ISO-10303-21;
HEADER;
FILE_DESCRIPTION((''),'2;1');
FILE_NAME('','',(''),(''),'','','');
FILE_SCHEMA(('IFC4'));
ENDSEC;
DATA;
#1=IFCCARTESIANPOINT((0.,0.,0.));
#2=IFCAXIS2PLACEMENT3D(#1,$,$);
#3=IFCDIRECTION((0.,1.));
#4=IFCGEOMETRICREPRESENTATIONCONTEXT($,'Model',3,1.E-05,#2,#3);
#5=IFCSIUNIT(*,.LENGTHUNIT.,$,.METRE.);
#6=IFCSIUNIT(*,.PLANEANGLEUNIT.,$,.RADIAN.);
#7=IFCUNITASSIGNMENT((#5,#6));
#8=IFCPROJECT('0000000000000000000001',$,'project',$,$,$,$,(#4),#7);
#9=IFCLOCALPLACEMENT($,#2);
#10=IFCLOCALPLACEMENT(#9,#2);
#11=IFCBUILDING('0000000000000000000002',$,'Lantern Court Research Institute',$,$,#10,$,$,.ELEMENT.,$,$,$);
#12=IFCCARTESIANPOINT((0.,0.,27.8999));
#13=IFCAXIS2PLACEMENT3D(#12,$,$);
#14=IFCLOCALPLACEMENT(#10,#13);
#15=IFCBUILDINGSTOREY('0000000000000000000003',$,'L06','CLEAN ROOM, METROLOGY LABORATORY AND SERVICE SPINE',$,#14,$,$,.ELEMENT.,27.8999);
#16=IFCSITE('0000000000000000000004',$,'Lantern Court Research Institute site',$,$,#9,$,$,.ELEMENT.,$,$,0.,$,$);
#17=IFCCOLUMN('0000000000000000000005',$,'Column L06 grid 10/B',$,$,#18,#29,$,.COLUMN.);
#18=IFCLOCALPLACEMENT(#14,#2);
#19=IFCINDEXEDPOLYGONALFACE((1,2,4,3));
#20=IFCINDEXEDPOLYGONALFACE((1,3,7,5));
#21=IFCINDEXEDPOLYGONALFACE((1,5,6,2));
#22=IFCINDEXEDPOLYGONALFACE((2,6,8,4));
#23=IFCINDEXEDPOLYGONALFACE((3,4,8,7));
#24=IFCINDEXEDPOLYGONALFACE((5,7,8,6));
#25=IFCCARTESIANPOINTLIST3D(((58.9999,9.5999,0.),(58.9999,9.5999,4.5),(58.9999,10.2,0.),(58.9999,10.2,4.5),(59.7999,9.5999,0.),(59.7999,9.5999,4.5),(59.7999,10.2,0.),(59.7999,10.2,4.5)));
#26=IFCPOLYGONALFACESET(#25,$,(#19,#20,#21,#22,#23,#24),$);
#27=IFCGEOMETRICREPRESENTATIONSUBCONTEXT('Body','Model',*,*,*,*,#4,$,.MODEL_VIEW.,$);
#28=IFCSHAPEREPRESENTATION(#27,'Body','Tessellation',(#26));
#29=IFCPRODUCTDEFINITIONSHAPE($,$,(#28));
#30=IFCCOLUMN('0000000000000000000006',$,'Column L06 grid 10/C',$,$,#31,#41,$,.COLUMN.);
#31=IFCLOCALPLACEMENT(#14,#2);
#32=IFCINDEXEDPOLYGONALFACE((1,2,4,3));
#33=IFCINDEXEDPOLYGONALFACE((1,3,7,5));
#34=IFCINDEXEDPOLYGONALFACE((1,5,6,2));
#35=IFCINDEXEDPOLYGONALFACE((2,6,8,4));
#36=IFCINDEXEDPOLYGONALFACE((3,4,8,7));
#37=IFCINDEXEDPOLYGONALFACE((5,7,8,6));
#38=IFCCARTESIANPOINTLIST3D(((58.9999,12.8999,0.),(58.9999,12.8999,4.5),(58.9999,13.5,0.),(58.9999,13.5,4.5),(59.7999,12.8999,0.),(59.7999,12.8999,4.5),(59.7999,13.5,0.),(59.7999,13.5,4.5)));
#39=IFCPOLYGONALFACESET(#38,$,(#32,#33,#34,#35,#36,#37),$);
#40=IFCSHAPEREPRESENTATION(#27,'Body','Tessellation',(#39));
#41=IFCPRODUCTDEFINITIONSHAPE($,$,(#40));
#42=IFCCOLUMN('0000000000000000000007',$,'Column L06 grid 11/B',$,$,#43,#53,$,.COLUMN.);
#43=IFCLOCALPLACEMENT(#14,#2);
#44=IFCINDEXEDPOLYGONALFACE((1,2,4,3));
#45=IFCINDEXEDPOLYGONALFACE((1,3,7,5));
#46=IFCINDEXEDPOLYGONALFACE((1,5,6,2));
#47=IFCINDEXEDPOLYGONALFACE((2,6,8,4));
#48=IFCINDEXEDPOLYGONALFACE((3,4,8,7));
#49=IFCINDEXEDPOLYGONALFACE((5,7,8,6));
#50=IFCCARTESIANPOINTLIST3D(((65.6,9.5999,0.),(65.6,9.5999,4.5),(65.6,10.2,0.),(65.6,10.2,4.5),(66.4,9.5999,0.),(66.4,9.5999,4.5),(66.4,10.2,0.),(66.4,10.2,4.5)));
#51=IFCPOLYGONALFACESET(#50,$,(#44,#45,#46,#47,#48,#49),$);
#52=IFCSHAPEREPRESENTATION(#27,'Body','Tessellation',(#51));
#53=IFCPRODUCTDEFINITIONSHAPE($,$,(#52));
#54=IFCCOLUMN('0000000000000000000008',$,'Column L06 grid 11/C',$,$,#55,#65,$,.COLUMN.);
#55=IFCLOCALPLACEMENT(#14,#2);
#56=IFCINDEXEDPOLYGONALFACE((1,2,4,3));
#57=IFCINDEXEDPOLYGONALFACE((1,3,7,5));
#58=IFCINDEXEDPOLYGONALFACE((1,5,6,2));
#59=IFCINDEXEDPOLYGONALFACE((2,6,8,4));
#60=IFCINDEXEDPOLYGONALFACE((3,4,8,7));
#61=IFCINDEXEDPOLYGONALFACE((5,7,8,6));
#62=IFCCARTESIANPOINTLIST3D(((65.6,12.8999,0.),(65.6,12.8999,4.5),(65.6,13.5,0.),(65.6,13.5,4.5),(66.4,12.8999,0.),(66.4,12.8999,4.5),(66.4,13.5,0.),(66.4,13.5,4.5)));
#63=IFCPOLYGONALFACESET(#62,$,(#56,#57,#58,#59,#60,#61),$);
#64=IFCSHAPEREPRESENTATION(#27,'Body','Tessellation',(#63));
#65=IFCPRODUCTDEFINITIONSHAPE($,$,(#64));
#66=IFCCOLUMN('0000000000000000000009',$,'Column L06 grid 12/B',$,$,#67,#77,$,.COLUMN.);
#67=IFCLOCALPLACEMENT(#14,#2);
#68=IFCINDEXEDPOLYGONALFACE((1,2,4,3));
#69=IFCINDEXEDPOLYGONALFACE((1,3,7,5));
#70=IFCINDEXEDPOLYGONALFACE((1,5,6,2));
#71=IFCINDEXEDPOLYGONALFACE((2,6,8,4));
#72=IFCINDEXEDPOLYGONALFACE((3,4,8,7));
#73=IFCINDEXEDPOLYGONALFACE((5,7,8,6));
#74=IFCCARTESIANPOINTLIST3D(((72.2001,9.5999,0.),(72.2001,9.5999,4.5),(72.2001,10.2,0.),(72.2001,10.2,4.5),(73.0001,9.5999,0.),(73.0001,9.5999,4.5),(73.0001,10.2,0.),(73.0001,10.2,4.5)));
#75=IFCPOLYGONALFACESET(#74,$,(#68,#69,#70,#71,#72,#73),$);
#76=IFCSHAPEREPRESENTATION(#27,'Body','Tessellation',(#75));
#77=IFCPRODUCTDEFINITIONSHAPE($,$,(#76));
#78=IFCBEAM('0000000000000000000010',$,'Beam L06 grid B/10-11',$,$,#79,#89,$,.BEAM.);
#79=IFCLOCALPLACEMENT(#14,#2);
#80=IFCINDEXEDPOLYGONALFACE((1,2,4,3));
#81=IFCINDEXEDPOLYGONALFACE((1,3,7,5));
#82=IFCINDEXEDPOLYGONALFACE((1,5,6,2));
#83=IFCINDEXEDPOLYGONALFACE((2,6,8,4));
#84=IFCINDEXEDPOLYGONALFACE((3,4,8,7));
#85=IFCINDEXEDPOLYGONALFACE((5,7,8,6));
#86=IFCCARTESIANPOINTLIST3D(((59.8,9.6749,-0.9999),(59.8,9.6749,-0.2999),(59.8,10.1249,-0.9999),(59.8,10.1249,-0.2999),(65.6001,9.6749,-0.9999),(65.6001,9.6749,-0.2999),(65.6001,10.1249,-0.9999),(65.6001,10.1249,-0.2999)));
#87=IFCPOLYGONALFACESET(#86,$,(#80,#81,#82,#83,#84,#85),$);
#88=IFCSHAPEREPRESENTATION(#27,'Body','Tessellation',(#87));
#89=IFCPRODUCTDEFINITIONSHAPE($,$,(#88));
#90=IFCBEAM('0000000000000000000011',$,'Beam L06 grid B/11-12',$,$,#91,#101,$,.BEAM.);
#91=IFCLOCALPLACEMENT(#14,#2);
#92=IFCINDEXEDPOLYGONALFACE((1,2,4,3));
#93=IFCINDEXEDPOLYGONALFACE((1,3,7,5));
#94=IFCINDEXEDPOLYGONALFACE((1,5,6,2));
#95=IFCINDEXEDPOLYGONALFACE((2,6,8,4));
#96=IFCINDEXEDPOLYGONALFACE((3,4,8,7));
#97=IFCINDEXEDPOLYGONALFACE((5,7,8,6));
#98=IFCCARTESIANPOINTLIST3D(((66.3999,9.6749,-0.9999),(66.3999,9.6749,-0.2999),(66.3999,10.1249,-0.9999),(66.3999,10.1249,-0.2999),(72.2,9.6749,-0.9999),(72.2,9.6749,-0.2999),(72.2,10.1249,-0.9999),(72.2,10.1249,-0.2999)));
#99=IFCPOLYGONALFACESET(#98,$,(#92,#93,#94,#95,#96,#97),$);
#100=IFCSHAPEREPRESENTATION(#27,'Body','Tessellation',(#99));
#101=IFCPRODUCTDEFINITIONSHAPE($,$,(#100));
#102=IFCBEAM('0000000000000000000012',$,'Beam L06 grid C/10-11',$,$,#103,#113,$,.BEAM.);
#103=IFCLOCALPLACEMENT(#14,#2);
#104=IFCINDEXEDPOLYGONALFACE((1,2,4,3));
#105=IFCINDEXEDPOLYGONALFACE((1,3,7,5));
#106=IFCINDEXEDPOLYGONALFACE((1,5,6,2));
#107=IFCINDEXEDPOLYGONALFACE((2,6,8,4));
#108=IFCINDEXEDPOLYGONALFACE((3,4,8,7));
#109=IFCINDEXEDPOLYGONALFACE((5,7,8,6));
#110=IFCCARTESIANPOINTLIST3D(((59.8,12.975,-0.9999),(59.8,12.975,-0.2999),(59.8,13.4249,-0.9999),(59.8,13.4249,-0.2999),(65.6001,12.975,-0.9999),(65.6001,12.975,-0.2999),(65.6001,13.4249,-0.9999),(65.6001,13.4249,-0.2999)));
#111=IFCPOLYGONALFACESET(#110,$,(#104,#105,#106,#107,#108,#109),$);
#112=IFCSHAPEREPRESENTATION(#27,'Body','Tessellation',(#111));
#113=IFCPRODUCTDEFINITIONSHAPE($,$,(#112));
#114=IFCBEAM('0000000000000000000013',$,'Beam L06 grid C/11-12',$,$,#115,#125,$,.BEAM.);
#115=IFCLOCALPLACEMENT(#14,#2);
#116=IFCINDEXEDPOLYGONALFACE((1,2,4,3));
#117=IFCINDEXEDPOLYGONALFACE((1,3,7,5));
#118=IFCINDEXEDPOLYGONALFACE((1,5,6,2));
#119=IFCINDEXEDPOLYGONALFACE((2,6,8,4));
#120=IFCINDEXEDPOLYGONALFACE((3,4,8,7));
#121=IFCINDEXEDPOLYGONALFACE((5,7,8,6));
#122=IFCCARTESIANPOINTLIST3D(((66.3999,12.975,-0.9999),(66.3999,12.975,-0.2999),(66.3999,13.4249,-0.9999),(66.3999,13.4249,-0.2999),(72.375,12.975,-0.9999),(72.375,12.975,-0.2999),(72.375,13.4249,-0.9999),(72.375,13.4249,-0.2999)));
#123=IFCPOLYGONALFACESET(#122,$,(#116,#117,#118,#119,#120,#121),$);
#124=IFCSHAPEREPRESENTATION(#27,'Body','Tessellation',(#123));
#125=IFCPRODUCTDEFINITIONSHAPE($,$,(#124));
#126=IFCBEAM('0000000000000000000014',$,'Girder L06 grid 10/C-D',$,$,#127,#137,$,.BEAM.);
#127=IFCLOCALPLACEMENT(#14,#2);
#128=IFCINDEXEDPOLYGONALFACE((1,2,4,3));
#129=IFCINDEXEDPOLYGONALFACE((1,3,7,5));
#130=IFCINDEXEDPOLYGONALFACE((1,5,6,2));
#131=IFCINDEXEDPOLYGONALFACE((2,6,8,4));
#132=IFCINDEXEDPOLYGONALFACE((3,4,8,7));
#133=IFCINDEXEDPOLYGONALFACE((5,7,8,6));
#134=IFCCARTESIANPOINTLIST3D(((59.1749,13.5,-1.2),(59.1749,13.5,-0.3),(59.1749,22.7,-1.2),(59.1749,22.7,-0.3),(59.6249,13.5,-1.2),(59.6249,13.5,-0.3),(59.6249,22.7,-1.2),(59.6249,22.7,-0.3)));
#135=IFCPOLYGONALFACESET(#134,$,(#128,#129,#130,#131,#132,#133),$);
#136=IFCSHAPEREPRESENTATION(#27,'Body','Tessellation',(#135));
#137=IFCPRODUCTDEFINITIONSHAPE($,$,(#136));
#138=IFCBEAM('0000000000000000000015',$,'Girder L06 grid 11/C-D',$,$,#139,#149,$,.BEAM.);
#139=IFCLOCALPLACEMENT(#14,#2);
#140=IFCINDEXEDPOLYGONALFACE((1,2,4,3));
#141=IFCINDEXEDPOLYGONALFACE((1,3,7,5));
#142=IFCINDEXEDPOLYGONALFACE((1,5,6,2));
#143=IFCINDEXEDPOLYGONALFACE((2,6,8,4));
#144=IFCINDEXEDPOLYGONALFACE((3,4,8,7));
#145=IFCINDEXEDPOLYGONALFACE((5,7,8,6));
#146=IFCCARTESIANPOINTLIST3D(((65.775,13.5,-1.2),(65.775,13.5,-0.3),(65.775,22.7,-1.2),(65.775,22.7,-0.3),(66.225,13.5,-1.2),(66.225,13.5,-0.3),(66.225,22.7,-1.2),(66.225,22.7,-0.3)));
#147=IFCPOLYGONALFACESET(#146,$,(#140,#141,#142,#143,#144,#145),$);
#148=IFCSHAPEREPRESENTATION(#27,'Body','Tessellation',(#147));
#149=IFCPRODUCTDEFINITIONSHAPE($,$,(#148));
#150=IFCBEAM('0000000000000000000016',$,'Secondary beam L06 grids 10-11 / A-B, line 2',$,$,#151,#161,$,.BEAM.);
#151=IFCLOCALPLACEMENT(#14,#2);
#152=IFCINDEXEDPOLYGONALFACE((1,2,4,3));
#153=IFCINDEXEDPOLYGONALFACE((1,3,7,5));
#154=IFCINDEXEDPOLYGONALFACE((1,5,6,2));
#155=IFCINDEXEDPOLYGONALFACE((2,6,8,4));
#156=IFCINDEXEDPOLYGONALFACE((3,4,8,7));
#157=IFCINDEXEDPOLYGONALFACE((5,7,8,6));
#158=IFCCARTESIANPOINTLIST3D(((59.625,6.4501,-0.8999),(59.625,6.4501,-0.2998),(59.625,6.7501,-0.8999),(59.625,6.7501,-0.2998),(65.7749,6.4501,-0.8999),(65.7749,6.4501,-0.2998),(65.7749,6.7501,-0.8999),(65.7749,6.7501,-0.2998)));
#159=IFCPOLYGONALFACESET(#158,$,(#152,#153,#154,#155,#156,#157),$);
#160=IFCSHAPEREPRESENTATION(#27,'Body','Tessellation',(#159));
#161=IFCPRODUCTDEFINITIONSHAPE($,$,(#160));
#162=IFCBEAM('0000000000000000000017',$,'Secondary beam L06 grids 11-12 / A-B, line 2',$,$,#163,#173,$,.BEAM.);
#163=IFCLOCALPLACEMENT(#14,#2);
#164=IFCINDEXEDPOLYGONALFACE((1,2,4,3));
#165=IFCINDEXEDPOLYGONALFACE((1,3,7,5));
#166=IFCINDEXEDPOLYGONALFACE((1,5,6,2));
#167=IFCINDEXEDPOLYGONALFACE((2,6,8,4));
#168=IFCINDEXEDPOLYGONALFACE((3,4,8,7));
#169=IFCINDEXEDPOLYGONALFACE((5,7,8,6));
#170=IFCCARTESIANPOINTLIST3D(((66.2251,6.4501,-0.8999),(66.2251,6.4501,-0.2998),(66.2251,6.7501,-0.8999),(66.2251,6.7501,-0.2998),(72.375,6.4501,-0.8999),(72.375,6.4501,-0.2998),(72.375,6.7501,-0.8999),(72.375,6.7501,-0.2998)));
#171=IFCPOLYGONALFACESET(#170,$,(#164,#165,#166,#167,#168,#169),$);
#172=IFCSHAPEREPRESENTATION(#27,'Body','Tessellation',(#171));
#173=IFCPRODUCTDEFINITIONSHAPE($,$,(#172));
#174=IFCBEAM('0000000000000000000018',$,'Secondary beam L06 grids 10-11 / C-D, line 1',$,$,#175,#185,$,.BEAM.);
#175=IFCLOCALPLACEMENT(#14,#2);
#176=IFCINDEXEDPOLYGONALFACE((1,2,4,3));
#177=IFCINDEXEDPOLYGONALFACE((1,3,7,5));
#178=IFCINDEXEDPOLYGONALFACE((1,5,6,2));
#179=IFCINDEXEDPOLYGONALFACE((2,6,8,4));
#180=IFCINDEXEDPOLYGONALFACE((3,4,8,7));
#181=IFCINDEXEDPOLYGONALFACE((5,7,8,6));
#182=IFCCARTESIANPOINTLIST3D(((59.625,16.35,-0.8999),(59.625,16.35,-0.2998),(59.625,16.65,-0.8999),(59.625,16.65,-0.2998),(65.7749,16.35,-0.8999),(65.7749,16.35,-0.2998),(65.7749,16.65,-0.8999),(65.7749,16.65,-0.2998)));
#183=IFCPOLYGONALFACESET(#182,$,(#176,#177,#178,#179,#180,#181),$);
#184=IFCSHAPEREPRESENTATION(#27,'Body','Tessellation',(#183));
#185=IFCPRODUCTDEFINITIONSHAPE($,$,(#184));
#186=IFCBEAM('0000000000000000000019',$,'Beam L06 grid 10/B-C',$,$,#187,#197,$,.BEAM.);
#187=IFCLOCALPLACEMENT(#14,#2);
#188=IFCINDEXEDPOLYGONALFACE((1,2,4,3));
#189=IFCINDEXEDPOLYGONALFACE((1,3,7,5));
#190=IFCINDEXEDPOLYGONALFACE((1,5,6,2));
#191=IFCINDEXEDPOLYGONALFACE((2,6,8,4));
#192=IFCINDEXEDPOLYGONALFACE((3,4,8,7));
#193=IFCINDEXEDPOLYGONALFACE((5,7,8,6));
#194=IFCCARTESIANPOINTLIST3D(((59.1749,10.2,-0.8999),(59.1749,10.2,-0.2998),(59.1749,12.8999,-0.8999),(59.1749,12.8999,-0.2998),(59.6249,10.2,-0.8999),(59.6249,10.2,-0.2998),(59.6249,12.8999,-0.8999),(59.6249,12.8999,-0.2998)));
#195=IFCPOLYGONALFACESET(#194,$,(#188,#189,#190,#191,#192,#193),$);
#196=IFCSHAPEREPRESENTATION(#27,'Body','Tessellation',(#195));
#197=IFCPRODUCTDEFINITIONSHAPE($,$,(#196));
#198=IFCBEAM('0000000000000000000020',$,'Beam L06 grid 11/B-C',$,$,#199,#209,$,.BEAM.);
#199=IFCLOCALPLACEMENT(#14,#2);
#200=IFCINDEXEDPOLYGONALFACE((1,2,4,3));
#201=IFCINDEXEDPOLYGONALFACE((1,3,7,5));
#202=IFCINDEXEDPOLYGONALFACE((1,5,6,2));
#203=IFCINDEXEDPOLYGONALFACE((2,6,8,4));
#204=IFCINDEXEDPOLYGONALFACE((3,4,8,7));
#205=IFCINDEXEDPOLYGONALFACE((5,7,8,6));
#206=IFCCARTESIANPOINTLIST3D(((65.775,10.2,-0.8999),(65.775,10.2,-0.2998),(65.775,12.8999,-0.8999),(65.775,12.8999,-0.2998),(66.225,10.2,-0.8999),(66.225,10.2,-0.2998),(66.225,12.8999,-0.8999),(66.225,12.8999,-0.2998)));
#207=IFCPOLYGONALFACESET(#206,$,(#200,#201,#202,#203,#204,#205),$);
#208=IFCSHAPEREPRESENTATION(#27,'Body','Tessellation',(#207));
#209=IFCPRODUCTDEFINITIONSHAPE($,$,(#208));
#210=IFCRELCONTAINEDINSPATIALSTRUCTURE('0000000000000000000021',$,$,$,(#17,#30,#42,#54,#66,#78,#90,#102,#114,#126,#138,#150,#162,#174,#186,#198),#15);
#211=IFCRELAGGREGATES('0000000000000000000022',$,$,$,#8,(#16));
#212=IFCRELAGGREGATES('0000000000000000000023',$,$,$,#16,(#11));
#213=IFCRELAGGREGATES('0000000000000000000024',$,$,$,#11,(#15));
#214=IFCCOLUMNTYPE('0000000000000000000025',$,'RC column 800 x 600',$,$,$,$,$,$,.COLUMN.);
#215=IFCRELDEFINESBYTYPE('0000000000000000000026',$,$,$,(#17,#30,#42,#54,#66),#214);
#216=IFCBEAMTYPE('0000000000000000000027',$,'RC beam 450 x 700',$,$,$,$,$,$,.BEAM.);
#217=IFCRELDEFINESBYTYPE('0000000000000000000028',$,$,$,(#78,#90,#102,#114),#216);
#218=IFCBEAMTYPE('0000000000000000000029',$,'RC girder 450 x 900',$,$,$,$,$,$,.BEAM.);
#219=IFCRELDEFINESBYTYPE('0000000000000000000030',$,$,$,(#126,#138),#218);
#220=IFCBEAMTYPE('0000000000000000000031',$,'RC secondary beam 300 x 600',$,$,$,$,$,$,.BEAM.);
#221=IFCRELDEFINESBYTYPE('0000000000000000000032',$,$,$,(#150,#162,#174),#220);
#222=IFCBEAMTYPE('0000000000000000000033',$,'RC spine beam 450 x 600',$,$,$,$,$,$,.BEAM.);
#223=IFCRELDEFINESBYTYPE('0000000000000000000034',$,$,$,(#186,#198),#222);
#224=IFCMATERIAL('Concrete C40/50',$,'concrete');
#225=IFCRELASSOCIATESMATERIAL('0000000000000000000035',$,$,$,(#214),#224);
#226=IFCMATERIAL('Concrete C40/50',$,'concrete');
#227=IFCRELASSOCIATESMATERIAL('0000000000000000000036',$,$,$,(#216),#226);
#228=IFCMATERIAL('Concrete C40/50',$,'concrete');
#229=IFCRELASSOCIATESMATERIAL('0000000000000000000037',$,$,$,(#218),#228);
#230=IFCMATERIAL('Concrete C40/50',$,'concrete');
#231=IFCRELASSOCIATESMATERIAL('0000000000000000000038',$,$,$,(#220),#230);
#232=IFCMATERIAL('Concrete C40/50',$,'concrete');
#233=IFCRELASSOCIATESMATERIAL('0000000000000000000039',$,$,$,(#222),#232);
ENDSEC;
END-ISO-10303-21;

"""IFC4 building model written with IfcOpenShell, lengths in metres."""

from ifc_helpers import new_model, si_unit, direction, frame, origin, origin_2d, place, context, subcontext, project, spatial, rectangle, extrude, material, material_profile, profile_set, type_object, element, save


model = new_model("IFC4")

# Units and contexts
model_context = context("Model", 3, precision=1e-05, world=origin(), true_north=direction((0.0, 1.0)))
body_context = subcontext(model_context, "Body", "Model", "MODEL_VIEW")
ifc_project = project(units=[si_unit("LENGTHUNIT", "METRE"), si_unit("PLANEANGLEUNIT", "RADIAN")], contexts=[model_context])

# Site, building, storey
site_placement = place(None, origin())
site = spatial("IfcSite", under=ifc_project, at=site_placement, Name="Lantern Court Research Institute site", CompositionType="ELEMENT", RefElevation=0.0)
building_placement = place(site_placement, origin())
building = spatial("IfcBuilding", under=site, at=building_placement, Name="Lantern Court Research Institute", CompositionType="ELEMENT")
storey_placement = place(building_placement, frame((0.0, 0.0, 27.8999)))
storey = spatial("IfcBuildingStorey", under=building, at=storey_placement, Name="L06", Description="CLEAN ROOM, METROLOGY LABORATORY AND SERVICE SPINE", CompositionType="ELEMENT", Elevation=27.8999)

# Columns
ifc_material_1 = material(Name="Concrete C40/50", Category="concrete")
ifc_material_profile_1 = material_profile(ifc_material_1, rectangle(XDim=0.8, YDim=0.6001, at=origin_2d()), Name="RC column 800 x 600")
ifc_profile_set_1 = profile_set([ifc_material_profile_1], Name="Concrete C40/50")
column_type = type_object("IfcColumnType", Name="RC column 800 x 600", PredefinedType="COLUMN", material=ifc_profile_set_1)
for number, where, z_axis, x_axis, name in (
    (1, (59.3999, 9.8999, 0.0), (0.0, 0.0, 1.0), (1.0, 0.0, 0.0), "Column L06 grid 10/B"),
    (2, (59.3999, 13.2, 0.0), (0.0, 0.0, 1.0), (1.0, 0.0, 0.0), "Column L06 grid 10/C"),
    (3, (66.0, 9.8999, 0.0), (0.0, 0.0, 1.0), (1.0, 0.0, 0.0), "Column L06 grid 11/B"),
    (4, (66.0, 13.2, 0.0), (0.0, 0.0, 1.0), (1.0, 0.0, 0.0), "Column L06 grid 11/C"),
    (5, (72.6001, 9.8999, 0.0), (0.0, 0.0, 1.0), (1.0, 0.0, 0.0), "Column L06 grid 12/B"),
):
    element("IfcColumn", number, at=place(storey_placement, frame(where, z_axis=z_axis, x_axis=x_axis)), inside=storey, type_object=column_type, Name=name, PredefinedType="COLUMN", context=body_context, shape_type="SweptSolid", body=[
        extrude(rectangle(XDim=0.8, YDim=0.6001, at=origin_2d()), origin(), (0.0, 0.0, 1.0), 4.5),
    ])

# Beams
ifc_material_2 = material(Name="Concrete C40/50", Category="concrete")
ifc_material_profile_2 = material_profile(ifc_material_2, rectangle(XDim=0.45, YDim=0.7, at=origin_2d()), Name="RC beam 450 x 700")
ifc_profile_set_2 = profile_set([ifc_material_profile_2], Name="Concrete C40/50")
beam_type_1 = type_object("IfcBeamType", Name="RC beam 450 x 700", PredefinedType="BEAM", material=ifc_profile_set_2)
for number, where, z_axis, x_axis, name in (
    (6, (59.8, 9.8999, -0.6499), (1.0, 0.0, 0.0), (0.0, 1.0, 0.0), "Beam L06 grid B/10-11"),
    (7, (66.3999, 9.8999, -0.6499), (1.0, 0.0, 0.0), (0.0, 1.0, 0.0), "Beam L06 grid B/11-12"),
    (8, (59.8, 13.2, -0.6499), (1.0, 0.0, 0.0), (0.0, 1.0, 0.0), "Beam L06 grid C/10-11"),
):
    element("IfcBeam", number, at=place(storey_placement, frame(where, z_axis=z_axis, x_axis=x_axis)), inside=storey, type_object=beam_type_1, Name=name, PredefinedType="BEAM", context=body_context, shape_type="SweptSolid", body=[
        extrude(rectangle(XDim=0.45, YDim=0.7, at=origin_2d()), origin(), (0.0, 0.0, 1.0), 5.8),
    ])
beam_1_placement = place(storey_placement, frame((66.3999, 13.2, -0.6499), z_axis=(1.0, 0.0, 0.0), x_axis=(0.0, 1.0, 0.0)))
element("IfcBeam", 9, at=beam_1_placement, inside=storey, type_object=beam_type_1, Name="Beam L06 grid C/11-12", PredefinedType="BEAM", context=body_context, shape_type="SweptSolid", body=[
    extrude(rectangle(XDim=0.45, YDim=0.7, at=origin_2d()), origin(), (0.0, 0.0, 1.0), 5.9751),
])
ifc_material_3 = material(Name="Concrete C40/50", Category="concrete")
ifc_material_profile_3 = material_profile(ifc_material_3, rectangle(XDim=0.45, YDim=0.8999, at=origin_2d()), Name="RC beam 450 x 900")
ifc_profile_set_3 = profile_set([ifc_material_profile_3], Name="Concrete C40/50")
beam_type_2 = type_object("IfcBeamType", Name="RC girder 450 x 900", PredefinedType="BEAM", material=ifc_profile_set_3)
for number, where, z_axis, x_axis, name in (
    (10, (59.3999, 13.5, -0.75), (0.0, 1.0, 0.0), (-1.0, 0.0, 0.0), "Girder L06 grid 10/C-D"),
    (11, (66.0, 13.5, -0.75), (0.0, 1.0, 0.0), (-1.0, 0.0, 0.0), "Girder L06 grid 11/C-D"),
):
    element("IfcBeam", number, at=place(storey_placement, frame(where, z_axis=z_axis, x_axis=x_axis)), inside=storey, type_object=beam_type_2, Name=name, PredefinedType="BEAM", context=body_context, shape_type="SweptSolid", body=[
        extrude(rectangle(XDim=0.45, YDim=0.8999, at=origin_2d()), origin(), (0.0, 0.0, 1.0), 9.2),
    ])
ifc_material_4 = material(Name="Concrete C40/50", Category="concrete")
ifc_material_profile_4 = material_profile(ifc_material_4, rectangle(XDim=0.3, YDim=0.6001, at=origin_2d()), Name="RC beam 300 x 600")
ifc_profile_set_4 = profile_set([ifc_material_profile_4], Name="Concrete C40/50")
beam_type_3 = type_object("IfcBeamType", Name="RC secondary beam 300 x 600", PredefinedType="BEAM", material=ifc_profile_set_4)
for number, where, z_axis, x_axis, name in (
    (12, (59.625, 6.6001, -0.5999), (1.0, 0.0, 0.0), (0.0, 1.0, 0.0), "Secondary beam L06 grids 10-11 / A-B, line 2"),
    (13, (66.2251, 6.6001, -0.5999), (1.0, 0.0, 0.0), (0.0, 1.0, 0.0), "Secondary beam L06 grids 11-12 / A-B, line 2"),
    (14, (59.625, 16.5, -0.5999), (1.0, 0.0, 0.0), (0.0, 1.0, 0.0), "Secondary beam L06 grids 10-11 / C-D, line 1"),
):
    element("IfcBeam", number, at=place(storey_placement, frame(where, z_axis=z_axis, x_axis=x_axis)), inside=storey, type_object=beam_type_3, Name=name, PredefinedType="BEAM", context=body_context, shape_type="SweptSolid", body=[
        extrude(rectangle(XDim=0.3, YDim=0.6001, at=origin_2d()), origin(), (0.0, 0.0, 1.0), 6.1499),
    ])
ifc_material_5 = material(Name="Concrete C40/50", Category="concrete")
ifc_material_profile_5 = material_profile(ifc_material_5, rectangle(XDim=0.45, YDim=0.6001, at=origin_2d()), Name="RC beam 450 x 600")
ifc_profile_set_5 = profile_set([ifc_material_profile_5], Name="Concrete C40/50")
beam_type_4 = type_object("IfcBeamType", Name="RC spine beam 450 x 600", PredefinedType="BEAM", material=ifc_profile_set_5)
for number, where, z_axis, x_axis, name in (
    (15, (59.3999, 10.2, -0.5999), (0.0, 1.0, 0.0), (-1.0, 0.0, 0.0), "Beam L06 grid 10/B-C"),
    (16, (66.0, 10.2, -0.5999), (0.0, 1.0, 0.0), (-1.0, 0.0, 0.0), "Beam L06 grid 11/B-C"),
):
    element("IfcBeam", number, at=place(storey_placement, frame(where, z_axis=z_axis, x_axis=x_axis)), inside=storey, type_object=beam_type_4, Name=name, PredefinedType="BEAM", context=body_context, shape_type="SweptSolid", body=[
        extrude(rectangle(XDim=0.45, YDim=0.6001, at=origin_2d()), origin(), (0.0, 0.0, 1.0), 2.7),
    ])

save(model, "model.ifc")
